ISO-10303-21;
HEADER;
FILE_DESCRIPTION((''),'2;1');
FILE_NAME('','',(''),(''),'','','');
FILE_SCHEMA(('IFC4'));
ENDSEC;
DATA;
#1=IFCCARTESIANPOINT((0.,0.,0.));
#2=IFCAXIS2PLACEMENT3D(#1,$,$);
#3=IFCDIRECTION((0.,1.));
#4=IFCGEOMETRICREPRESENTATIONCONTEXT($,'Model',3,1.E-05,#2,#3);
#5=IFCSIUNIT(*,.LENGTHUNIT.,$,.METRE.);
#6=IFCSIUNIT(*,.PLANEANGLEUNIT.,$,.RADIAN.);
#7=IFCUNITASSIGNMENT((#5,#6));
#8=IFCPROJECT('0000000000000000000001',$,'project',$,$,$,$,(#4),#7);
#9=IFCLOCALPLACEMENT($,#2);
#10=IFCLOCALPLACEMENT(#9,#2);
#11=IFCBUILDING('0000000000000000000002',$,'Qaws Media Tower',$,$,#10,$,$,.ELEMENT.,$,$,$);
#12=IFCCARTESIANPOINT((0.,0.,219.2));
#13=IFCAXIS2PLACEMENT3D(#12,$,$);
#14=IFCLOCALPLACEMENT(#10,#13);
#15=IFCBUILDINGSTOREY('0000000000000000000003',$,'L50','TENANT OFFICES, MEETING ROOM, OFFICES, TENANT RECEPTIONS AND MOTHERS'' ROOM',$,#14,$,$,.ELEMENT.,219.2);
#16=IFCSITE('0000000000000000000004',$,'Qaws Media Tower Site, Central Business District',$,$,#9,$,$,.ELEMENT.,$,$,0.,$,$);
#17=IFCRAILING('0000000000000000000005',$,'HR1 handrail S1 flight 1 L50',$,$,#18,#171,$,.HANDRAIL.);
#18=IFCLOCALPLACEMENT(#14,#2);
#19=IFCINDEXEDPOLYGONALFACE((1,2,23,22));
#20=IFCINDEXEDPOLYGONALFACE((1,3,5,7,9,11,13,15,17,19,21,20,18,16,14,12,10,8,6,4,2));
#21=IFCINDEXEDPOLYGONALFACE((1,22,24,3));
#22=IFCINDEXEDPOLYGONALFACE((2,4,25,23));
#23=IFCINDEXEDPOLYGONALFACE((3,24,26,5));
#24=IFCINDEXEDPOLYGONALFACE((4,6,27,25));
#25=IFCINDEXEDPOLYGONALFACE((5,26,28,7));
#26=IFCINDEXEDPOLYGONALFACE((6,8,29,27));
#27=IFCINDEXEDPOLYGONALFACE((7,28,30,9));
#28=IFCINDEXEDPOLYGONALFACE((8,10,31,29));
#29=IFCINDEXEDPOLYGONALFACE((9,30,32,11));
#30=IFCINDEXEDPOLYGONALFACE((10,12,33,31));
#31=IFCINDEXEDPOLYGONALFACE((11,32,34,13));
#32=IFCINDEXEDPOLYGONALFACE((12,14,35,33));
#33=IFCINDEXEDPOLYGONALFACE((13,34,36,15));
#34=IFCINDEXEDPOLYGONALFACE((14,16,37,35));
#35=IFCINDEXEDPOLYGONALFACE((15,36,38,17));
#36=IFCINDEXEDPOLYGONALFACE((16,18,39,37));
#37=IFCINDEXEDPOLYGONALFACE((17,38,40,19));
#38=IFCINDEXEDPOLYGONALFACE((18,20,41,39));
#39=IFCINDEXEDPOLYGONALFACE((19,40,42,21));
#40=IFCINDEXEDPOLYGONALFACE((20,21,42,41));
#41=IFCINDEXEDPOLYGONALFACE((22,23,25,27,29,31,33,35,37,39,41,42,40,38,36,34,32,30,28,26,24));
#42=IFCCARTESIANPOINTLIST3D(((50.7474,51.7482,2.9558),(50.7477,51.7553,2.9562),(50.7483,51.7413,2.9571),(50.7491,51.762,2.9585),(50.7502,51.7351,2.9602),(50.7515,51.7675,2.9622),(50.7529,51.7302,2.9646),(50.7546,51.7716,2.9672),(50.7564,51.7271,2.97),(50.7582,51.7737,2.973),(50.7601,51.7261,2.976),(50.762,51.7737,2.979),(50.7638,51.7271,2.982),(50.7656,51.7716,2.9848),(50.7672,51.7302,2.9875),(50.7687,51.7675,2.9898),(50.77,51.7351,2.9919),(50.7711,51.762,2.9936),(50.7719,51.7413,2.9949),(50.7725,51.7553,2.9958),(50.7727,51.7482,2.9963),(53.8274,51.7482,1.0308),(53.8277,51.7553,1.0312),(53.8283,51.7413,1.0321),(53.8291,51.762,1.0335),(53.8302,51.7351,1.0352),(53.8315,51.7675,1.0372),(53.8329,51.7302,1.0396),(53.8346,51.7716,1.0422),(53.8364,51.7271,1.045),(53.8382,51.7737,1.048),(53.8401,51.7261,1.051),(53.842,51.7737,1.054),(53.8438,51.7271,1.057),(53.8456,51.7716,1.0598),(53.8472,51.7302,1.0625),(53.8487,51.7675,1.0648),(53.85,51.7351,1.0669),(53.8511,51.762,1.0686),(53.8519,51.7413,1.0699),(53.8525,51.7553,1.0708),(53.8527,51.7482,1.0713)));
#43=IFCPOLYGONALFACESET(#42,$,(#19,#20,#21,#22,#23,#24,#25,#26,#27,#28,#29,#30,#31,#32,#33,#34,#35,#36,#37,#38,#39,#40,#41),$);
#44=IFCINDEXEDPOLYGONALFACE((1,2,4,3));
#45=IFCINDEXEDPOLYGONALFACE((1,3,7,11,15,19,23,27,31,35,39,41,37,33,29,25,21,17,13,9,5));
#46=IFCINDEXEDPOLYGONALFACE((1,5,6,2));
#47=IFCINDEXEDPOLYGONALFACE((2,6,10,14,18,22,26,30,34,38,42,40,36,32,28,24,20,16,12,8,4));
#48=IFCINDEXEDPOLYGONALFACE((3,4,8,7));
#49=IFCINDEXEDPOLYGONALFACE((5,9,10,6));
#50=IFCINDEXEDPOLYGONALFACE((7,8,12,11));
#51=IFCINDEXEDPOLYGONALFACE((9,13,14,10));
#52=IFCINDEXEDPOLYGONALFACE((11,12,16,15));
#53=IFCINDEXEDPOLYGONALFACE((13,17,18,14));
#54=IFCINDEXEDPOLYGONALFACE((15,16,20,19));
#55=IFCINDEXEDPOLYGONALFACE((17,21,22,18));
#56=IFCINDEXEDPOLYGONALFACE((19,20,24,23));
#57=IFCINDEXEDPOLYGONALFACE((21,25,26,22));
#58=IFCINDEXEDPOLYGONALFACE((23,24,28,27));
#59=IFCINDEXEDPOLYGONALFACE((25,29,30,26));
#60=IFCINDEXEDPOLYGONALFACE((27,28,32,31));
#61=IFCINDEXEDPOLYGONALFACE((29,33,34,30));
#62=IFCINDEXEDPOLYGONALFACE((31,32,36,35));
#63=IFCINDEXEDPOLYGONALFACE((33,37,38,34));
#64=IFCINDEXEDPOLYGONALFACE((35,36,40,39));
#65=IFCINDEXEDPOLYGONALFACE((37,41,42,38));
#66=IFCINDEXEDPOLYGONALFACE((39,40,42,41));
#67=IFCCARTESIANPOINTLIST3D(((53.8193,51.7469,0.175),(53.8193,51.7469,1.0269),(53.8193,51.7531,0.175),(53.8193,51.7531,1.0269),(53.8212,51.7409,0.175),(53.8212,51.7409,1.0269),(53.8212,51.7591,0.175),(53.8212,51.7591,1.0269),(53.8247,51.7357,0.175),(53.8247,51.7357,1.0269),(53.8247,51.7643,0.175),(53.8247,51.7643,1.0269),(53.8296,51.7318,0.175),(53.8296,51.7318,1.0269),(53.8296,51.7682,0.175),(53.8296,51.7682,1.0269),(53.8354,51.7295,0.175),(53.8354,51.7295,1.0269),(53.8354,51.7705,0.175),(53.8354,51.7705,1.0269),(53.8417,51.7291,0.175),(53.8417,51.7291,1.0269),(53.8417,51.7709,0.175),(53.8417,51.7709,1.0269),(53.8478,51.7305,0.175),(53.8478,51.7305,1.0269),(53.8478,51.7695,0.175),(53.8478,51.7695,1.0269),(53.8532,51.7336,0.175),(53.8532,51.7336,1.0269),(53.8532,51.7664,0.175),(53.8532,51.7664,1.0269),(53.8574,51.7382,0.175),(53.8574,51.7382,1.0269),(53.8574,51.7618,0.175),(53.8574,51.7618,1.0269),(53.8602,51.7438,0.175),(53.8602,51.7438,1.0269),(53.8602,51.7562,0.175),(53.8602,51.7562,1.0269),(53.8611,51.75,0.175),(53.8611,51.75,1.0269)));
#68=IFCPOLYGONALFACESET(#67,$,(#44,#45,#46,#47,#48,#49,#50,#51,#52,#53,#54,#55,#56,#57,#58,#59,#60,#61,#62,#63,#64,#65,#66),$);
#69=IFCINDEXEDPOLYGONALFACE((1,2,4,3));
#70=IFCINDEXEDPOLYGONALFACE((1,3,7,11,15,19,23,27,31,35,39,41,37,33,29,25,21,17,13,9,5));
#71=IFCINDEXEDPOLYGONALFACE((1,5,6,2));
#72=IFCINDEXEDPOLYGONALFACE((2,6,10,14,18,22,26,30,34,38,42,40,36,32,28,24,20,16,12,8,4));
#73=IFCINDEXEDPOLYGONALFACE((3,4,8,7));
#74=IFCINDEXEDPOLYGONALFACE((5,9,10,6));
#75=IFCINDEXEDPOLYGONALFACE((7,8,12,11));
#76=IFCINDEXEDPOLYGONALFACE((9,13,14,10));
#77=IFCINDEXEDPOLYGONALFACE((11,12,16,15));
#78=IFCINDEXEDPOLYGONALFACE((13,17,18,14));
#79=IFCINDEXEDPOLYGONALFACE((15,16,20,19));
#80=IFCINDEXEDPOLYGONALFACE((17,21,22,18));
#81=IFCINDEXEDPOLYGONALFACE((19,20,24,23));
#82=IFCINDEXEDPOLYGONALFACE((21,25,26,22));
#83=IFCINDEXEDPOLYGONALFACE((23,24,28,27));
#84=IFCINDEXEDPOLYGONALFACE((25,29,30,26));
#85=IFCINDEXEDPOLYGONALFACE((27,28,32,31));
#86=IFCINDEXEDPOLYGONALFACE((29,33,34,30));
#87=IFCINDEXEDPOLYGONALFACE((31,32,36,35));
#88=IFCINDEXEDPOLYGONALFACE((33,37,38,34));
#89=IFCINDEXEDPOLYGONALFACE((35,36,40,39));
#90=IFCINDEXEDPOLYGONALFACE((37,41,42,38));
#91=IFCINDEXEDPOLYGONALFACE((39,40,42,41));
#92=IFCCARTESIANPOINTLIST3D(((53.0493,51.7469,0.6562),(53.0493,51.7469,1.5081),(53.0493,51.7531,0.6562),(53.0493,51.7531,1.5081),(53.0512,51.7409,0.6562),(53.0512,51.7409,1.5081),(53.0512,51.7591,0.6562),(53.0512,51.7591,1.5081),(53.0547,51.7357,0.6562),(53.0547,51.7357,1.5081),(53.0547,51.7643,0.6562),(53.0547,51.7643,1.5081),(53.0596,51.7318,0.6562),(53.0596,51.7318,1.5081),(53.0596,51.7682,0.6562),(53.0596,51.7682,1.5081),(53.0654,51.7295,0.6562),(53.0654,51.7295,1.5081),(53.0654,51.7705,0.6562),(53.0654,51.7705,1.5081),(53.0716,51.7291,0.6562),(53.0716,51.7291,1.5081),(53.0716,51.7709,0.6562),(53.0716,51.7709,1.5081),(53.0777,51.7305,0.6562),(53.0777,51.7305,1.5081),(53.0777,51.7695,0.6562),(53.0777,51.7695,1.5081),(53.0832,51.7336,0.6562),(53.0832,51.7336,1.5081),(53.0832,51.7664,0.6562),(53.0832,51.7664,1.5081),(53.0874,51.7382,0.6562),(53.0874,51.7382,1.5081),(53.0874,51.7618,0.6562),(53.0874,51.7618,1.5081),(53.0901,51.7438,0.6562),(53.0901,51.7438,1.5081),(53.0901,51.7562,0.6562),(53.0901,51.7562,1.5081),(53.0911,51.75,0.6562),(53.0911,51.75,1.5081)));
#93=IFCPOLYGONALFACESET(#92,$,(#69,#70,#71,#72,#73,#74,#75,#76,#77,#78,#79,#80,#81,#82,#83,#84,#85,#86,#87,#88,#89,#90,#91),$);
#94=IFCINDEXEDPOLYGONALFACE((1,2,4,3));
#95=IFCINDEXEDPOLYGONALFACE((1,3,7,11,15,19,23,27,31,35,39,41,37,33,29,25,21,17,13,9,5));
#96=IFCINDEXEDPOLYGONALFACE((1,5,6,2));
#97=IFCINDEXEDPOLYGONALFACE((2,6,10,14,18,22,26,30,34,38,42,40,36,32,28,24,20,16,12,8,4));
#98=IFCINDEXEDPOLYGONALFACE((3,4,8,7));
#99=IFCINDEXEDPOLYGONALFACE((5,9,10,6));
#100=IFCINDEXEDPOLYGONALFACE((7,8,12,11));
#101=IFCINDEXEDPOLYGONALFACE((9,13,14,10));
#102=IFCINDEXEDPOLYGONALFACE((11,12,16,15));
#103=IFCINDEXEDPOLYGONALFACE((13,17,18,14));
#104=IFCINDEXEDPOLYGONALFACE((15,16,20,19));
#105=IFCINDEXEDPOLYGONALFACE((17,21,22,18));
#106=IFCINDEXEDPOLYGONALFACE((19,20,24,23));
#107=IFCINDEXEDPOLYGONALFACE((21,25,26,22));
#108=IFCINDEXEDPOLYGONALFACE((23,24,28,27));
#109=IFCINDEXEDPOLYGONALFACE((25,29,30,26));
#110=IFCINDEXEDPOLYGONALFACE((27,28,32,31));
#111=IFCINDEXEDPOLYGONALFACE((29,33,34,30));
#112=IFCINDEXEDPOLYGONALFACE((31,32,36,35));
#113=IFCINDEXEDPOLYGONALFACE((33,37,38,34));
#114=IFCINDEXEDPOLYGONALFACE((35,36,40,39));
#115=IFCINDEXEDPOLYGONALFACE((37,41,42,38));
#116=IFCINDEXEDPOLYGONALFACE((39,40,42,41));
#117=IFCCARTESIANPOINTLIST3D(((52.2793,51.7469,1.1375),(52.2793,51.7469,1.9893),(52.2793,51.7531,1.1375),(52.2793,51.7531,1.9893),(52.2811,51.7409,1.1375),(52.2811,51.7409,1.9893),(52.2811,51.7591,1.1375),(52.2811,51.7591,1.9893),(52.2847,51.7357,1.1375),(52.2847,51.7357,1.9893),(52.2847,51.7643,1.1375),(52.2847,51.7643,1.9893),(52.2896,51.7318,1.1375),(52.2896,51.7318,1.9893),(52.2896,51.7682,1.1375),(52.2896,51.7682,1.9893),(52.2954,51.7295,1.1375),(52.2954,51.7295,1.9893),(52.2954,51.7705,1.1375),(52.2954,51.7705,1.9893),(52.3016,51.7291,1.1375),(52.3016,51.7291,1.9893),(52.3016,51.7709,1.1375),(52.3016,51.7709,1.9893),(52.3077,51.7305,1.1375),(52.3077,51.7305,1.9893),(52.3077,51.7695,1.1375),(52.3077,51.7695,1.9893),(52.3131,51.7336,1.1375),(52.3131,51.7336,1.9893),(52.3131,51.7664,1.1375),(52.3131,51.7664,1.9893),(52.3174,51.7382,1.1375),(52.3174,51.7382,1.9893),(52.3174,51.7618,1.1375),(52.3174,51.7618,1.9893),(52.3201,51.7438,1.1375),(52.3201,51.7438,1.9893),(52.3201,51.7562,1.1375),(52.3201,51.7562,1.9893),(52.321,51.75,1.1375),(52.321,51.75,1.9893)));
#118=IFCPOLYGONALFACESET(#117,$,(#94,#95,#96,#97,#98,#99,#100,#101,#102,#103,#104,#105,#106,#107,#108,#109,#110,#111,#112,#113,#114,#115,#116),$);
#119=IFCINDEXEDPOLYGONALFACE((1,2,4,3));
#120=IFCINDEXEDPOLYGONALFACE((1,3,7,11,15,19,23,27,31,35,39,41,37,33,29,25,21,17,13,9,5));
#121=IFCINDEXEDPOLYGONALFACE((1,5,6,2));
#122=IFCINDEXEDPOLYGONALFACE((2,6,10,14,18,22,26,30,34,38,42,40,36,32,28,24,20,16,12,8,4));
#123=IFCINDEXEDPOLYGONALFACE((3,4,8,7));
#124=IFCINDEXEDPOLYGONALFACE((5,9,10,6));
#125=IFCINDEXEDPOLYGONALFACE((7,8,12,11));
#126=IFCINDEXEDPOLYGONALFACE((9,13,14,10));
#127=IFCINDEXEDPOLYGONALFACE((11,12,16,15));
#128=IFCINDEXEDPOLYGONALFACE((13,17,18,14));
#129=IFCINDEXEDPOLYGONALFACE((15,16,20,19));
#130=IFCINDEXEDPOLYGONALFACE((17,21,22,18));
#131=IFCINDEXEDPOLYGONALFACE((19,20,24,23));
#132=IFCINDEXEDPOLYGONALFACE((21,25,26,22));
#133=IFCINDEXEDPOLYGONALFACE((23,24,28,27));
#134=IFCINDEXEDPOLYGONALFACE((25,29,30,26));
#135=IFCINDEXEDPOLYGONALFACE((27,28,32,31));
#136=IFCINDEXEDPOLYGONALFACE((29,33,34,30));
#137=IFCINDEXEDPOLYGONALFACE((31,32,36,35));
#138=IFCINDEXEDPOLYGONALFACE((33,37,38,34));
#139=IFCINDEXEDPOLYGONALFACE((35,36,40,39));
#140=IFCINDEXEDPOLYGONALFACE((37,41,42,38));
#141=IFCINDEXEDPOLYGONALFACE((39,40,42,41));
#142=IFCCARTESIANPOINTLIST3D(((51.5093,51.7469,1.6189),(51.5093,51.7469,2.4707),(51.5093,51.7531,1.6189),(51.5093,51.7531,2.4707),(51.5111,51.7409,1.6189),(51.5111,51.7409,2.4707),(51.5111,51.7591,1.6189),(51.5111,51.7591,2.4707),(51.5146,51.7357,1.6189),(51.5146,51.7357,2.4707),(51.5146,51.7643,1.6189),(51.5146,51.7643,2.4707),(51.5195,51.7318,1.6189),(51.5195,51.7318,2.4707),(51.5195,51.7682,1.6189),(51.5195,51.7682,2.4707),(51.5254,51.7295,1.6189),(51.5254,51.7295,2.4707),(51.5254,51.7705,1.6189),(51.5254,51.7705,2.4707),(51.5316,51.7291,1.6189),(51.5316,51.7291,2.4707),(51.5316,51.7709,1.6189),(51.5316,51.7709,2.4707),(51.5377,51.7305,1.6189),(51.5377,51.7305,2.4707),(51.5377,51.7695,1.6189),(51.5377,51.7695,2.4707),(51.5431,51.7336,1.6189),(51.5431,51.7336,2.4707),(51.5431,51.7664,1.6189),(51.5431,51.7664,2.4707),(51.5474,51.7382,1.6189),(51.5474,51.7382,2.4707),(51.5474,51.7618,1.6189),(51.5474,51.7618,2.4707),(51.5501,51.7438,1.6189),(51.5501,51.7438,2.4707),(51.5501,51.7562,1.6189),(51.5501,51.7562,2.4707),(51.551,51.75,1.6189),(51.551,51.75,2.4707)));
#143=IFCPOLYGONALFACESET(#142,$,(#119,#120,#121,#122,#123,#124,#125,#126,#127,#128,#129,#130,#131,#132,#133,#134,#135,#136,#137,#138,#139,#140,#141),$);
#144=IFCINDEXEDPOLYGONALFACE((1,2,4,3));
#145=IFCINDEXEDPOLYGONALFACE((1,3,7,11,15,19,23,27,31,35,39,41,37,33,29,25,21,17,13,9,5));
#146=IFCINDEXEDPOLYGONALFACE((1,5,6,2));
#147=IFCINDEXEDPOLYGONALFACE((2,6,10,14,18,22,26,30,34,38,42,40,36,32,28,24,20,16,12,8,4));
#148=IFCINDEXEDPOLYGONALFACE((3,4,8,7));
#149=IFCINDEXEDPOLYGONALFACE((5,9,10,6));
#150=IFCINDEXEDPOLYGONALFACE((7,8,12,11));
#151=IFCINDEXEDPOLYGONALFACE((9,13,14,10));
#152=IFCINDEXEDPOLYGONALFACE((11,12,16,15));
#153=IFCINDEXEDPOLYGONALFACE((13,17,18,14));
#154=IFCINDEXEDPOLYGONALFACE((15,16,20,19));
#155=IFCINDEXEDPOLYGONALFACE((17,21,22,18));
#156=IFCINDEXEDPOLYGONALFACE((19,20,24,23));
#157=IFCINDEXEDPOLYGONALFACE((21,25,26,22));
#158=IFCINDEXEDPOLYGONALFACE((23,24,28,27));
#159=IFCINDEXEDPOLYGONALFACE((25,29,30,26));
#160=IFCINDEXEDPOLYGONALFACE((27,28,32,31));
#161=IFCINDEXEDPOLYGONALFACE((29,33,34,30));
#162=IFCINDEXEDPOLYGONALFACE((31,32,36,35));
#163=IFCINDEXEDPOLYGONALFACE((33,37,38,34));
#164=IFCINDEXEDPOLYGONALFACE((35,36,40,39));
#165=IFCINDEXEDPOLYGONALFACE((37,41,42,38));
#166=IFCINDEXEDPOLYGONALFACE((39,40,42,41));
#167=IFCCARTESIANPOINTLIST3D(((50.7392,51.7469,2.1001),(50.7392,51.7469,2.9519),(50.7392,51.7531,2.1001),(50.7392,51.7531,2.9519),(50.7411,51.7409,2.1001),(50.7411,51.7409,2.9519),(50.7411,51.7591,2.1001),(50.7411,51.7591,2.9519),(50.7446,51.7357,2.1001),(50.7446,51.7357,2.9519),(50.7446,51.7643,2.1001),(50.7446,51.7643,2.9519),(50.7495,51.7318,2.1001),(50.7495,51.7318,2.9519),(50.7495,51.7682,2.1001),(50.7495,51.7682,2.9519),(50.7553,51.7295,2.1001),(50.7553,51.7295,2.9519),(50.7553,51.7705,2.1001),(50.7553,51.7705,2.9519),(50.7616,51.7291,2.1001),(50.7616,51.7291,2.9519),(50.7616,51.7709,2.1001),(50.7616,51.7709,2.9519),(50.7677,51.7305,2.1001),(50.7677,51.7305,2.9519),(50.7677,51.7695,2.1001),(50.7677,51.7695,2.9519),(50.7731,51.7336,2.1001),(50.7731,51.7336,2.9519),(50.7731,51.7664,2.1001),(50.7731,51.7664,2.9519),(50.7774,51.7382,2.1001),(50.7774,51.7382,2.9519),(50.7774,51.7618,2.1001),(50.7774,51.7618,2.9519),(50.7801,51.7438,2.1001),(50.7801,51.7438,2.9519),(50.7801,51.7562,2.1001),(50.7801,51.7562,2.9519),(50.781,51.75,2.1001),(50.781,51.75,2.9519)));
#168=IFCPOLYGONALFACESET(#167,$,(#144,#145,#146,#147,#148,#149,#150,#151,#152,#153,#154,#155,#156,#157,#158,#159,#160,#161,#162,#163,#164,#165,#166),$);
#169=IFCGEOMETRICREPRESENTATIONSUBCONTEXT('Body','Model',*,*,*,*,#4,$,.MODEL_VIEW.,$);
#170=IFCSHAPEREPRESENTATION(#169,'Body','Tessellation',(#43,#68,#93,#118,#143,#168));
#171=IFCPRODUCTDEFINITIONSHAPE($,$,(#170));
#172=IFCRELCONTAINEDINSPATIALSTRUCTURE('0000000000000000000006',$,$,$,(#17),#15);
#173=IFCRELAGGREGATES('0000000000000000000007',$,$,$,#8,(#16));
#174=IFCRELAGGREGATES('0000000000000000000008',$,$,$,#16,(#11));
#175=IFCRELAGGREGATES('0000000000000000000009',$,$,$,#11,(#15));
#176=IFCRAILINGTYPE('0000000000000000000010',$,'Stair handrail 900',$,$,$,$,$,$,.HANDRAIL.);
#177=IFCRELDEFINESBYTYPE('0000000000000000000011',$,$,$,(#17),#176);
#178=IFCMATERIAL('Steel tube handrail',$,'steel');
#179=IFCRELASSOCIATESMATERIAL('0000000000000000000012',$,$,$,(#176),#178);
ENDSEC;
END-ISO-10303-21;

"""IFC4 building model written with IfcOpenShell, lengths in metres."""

from ifc_helpers import new_model, si_unit, direction, frame, origin, origin_2d, place, context, subcontext, project, spatial, circle, extrude, material, type_object, element, save


model = new_model("IFC4")

# Units and contexts
model_context = context("Model", 3, precision=1e-05, world=origin(), true_north=direction((0.0, 1.0)))
body_context = subcontext(model_context, "Body", "Model", "MODEL_VIEW")
ifc_project = project(units=[si_unit("LENGTHUNIT", "METRE"), si_unit("PLANEANGLEUNIT", "RADIAN")], contexts=[model_context])

# Site, building, storey
site_placement = place(None, origin())
site = spatial("IfcSite", under=ifc_project, at=site_placement, Name="Qaws Media Tower Site, Central Business District", CompositionType="ELEMENT", RefElevation=0.0)
building_placement = place(site_placement, origin())
building = spatial("IfcBuilding", under=site, at=building_placement, Name="Qaws Media Tower", CompositionType="ELEMENT")
storey_placement = place(building_placement, frame((0.0, 0.0, 219.2)))
storey = spatial("IfcBuildingStorey", under=building, at=storey_placement, Name="L50", Description="TENANT OFFICES, MEETING ROOM, OFFICES, TENANT RECEPTIONS AND MOTHERS' ROOM", CompositionType="ELEMENT", Elevation=219.2)

# Railing
ifc_material_1 = material(Name="Steel tube handrail", Category="steel")
railing_type = type_object("IfcRailingType", Name="Stair handrail 900", PredefinedType="HANDRAIL", material=ifc_material_1)
for number, where, name in (
    (1, (53.8401, 51.75, 0.175), "HR1 handrail S1 flight 1 L50"),
):
    element("IfcRailing", number, at=place(storey_placement, frame(where)), inside=storey, type_object=railing_type, Name=name, PredefinedType="HANDRAIL", context=body_context, shape_type="SweptSolid", body=[
        extrude(circle(Radius=0.0239, at=origin_2d()), frame((0.0, 0.0, 0.876), z_axis=(-0.847998, 0.0, 0.529999), x_axis=(0.0, -1.0, 0.0)), (0.0, 0.0, 1.0), 3.6321),
        extrude(circle(Radius=0.021, at=origin_2d()), origin(), (0.0, 0.0, 1.0), 0.8518),
        extrude(circle(Radius=0.021, at=origin_2d()), frame((-0.77, 0.0, 0.4812)), (0.0, 0.0, 1.0), 0.8518),
        extrude(circle(Radius=0.021, at=origin_2d()), frame((-1.54, 0.0, 0.9624)), (0.0, 0.0, 1.0), 0.8518),
        extrude(circle(Radius=0.021, at=origin_2d()), frame((-2.3101, 0.0, 1.4438)), (0.0, 0.0, 1.0), 0.8518),
        extrude(circle(Radius=0.021, at=origin_2d()), frame((-3.0801, 0.0, 1.925)), (0.0, 0.0, 1.0), 0.8518),
    ])

save(model, "model.ifc")
